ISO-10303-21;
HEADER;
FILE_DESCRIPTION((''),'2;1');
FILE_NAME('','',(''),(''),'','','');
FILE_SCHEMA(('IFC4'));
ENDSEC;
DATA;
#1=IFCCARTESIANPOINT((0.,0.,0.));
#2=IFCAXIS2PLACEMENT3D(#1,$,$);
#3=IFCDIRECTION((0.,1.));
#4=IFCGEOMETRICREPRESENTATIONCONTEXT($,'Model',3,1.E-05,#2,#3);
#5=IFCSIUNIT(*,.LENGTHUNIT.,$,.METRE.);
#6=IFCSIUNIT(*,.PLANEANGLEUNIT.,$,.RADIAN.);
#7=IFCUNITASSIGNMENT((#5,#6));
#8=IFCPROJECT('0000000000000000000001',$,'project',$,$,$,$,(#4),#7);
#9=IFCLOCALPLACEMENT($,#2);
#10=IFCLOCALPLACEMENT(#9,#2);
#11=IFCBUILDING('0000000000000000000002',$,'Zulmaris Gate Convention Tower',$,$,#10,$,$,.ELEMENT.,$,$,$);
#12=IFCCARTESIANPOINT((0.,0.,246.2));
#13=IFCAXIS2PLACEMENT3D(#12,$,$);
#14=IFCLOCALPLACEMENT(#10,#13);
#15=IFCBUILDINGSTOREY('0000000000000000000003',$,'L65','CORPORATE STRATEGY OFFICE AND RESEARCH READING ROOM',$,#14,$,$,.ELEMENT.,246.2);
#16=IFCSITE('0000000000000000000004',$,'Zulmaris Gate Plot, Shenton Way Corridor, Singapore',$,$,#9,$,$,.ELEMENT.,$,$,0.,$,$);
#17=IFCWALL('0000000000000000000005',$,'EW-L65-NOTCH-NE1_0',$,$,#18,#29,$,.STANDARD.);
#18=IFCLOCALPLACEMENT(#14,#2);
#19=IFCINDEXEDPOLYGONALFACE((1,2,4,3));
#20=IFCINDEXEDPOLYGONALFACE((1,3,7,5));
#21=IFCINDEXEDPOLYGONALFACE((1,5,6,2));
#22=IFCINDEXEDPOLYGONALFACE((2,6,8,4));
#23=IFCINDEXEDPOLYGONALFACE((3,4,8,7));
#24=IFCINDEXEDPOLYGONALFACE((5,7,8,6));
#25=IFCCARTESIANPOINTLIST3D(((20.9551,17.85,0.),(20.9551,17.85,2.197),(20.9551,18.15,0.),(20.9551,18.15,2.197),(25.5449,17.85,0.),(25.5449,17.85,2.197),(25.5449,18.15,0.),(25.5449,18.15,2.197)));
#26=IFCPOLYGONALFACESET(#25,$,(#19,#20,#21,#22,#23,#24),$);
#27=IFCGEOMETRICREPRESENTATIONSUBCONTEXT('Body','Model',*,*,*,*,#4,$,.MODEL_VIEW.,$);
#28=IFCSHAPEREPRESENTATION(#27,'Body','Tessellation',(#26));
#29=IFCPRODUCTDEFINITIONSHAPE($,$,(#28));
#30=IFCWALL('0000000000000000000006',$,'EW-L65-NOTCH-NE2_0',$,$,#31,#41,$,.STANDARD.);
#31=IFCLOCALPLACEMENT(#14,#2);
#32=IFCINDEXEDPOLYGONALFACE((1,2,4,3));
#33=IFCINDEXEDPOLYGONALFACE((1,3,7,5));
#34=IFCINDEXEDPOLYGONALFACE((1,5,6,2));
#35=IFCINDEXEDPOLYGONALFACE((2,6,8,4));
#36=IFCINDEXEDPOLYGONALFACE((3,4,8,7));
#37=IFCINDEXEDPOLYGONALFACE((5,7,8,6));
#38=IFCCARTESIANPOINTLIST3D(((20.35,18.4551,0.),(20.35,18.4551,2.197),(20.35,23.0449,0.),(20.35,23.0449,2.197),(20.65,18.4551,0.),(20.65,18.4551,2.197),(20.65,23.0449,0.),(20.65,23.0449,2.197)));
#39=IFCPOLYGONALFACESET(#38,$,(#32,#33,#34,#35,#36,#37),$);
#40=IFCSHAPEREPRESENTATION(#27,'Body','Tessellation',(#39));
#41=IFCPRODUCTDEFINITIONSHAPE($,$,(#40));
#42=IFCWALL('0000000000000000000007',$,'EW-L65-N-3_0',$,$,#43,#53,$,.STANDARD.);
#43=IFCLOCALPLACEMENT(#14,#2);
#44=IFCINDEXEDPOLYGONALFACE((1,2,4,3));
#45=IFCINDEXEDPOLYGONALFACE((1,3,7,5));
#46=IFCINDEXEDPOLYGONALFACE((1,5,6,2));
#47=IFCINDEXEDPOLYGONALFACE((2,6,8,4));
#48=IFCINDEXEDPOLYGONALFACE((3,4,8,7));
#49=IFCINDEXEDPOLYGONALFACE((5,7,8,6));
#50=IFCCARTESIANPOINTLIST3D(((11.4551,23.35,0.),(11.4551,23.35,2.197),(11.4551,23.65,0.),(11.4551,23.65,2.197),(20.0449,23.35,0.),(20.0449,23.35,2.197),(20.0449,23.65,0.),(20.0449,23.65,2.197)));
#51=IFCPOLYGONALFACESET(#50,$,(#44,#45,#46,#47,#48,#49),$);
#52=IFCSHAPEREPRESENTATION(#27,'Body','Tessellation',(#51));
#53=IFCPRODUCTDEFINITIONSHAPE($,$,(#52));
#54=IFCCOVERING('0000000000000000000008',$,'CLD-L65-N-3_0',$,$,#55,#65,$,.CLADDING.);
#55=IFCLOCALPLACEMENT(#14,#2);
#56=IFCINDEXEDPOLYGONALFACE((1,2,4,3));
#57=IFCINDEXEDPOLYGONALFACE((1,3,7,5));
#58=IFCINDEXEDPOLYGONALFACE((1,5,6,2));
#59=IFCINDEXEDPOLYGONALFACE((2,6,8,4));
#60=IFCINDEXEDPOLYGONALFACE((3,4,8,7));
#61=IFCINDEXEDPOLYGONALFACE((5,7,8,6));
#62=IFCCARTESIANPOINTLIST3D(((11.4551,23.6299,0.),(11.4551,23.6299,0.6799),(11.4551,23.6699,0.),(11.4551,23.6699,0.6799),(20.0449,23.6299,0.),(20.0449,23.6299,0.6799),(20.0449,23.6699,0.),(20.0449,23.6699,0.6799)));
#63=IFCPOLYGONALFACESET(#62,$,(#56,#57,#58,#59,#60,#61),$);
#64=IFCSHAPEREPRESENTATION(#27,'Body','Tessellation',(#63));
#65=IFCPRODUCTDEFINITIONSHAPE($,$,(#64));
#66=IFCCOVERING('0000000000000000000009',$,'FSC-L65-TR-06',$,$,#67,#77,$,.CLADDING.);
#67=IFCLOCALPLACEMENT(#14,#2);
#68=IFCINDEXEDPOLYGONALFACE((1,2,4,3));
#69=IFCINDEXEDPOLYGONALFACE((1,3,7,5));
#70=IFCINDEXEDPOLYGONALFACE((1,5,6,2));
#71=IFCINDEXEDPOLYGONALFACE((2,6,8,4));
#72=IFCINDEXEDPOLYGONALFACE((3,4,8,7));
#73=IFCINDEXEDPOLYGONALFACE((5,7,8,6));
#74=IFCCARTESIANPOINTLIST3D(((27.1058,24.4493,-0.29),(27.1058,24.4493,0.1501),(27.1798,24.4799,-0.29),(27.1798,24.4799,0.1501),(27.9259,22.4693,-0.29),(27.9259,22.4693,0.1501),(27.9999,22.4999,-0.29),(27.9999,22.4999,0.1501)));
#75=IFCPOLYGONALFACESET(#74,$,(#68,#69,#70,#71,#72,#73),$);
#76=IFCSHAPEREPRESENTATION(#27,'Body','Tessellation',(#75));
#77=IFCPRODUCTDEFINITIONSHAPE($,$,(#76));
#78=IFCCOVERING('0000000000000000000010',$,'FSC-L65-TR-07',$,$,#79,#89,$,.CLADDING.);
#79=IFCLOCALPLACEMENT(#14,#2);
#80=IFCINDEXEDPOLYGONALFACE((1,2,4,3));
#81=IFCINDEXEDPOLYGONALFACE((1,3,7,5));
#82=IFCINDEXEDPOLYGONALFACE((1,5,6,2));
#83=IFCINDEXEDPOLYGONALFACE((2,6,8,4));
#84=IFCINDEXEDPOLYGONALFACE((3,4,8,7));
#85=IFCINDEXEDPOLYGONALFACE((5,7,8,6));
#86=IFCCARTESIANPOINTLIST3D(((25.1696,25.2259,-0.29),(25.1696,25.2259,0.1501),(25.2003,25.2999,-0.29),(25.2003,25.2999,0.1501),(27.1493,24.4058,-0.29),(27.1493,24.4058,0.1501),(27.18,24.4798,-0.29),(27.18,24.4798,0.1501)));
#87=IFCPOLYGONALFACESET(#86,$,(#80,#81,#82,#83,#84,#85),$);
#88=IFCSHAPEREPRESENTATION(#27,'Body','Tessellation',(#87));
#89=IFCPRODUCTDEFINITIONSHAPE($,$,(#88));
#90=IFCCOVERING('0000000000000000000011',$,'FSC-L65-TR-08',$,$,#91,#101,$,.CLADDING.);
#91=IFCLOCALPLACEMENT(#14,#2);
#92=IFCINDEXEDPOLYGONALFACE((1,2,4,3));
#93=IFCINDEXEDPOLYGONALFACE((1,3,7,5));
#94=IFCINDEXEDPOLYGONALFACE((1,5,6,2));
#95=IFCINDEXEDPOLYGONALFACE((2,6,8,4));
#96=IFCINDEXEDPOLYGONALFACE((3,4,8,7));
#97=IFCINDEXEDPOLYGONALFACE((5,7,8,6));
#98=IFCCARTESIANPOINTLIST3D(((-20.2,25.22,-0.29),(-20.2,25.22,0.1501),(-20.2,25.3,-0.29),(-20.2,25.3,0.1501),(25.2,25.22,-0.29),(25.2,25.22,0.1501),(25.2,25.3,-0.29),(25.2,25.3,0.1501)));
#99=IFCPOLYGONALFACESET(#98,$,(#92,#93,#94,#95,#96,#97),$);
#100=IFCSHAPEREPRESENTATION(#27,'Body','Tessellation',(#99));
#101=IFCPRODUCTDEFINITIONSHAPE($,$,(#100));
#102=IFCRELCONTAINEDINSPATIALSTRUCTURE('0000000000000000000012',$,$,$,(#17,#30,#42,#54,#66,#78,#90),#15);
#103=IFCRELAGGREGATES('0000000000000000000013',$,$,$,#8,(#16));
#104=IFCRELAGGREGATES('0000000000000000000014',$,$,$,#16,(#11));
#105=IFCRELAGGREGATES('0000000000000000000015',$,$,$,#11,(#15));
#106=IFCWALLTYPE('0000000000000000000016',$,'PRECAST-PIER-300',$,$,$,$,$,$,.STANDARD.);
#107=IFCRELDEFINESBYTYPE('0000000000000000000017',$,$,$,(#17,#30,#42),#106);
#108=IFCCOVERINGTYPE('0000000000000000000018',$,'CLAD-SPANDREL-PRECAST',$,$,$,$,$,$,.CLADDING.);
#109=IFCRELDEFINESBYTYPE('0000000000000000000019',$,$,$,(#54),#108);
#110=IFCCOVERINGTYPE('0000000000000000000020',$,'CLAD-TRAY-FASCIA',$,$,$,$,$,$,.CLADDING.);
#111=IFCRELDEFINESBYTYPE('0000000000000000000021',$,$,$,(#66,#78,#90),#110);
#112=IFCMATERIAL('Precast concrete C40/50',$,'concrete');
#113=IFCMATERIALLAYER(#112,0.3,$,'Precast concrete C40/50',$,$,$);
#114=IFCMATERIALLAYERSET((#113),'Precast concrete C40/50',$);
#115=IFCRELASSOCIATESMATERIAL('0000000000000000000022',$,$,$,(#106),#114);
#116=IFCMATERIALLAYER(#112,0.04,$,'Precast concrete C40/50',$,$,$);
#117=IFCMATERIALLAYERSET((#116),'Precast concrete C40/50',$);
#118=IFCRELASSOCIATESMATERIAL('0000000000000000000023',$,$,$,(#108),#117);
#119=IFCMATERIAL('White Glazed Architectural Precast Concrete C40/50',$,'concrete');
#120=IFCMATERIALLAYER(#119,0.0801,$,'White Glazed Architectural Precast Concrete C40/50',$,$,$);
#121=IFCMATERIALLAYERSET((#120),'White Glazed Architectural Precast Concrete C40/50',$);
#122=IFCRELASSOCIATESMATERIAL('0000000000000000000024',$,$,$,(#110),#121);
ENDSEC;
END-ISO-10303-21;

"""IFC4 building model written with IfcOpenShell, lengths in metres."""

from ifc_helpers import new_model, si_unit, direction, frame, frame_2d, origin, place, context, subcontext, project, spatial, rectangle, extrude, material, layer, layer_set, type_object, element, save


model = new_model("IFC4")

# Units and contexts
model_context = context("Model", 3, precision=1e-05, world=origin(), true_north=direction((0.0, 1.0)))
body_context = subcontext(model_context, "Body", "Model", "MODEL_VIEW")
ifc_project = project(units=[si_unit("LENGTHUNIT", "METRE"), si_unit("PLANEANGLEUNIT", "RADIAN")], contexts=[model_context])

# Site, building, storey
site_placement = place(None, origin())
site = spatial("IfcSite", under=ifc_project, at=site_placement, Name="Zulmaris Gate Plot, Shenton Way Corridor, Singapore", CompositionType="ELEMENT", RefElevation=0.0)
building_placement = place(site_placement, origin())
building = spatial("IfcBuilding", under=site, at=building_placement, Name="Zulmaris Gate Convention Tower", CompositionType="ELEMENT")
storey_placement = place(building_placement, frame((0.0, 0.0, 246.2)))
storey = spatial("IfcBuildingStorey", under=building, at=storey_placement, Name="L65", Description="CORPORATE STRATEGY OFFICE AND RESEARCH READING ROOM", CompositionType="ELEMENT", Elevation=246.2)

# Walls
ifc_material_1 = material(Name="Precast concrete C40/50", Category="concrete")
ifc_layer_1 = layer(ifc_material_1, 0.3, Name="Precast concrete C40/50")
ifc_layer_set_1 = layer_set([ifc_layer_1], Name="Precast concrete C40/50")
wall_type_1 = type_object("IfcWallType", Name="PRECAST-PIER-300", PredefinedType="STANDARD", material=ifc_layer_set_1)
for number, where, z_axis, x_axis, name in (
    (1, (25.5449, 18.0, 0.0), (0.0, 0.0, 1.0), (-1.0, 0.0, 0.0), "EW-L65-NOTCH-NE1_0"),
    (2, (20.5, 18.4551, 0.0), (0.0, 0.0, 1.0), (0.0, 1.0, 0.0), "EW-L65-NOTCH-NE2_0"),
):
    element("IfcWall", number, at=place(storey_placement, frame(where, z_axis=z_axis, x_axis=x_axis)), inside=storey, type_object=wall_type_1, Name=name, PredefinedType="STANDARD", context=body_context, shape_type="SweptSolid", body=[
        extrude(rectangle(XDim=4.5898, YDim=0.3, at=frame_2d((2.2949, 0.0))), origin(), (0.0, 0.0, 1.0), 2.197),
    ])
wall_1_placement = place(storey_placement, frame((20.0449, 23.5, 0.0), z_axis=(0.0, 0.0, 1.0), x_axis=(-1.0, 0.0, 0.0)))
element("IfcWall", 3, at=wall_1_placement, inside=storey, type_object=wall_type_1, Name="EW-L65-N-3_0", PredefinedType="STANDARD", context=body_context, shape_type="SweptSolid", body=[
    extrude(rectangle(XDim=8.5898, YDim=0.3, at=frame_2d((4.2949, 0.0))), origin(), (0.0, 0.0, 1.0), 2.197),
])

# Coverings
ifc_layer_2 = layer(ifc_material_1, 0.04, Name="Precast concrete C40/50")
ifc_layer_set_2 = layer_set([ifc_layer_2], Name="Precast concrete C40/50")
covering_type_1 = type_object("IfcCoveringType", Name="CLAD-SPANDREL-PRECAST", PredefinedType="CLADDING", material=ifc_layer_set_2)
covering_1_placement = place(storey_placement, frame((20.0449, 23.6499, 0.0), z_axis=(0.0, 0.0, 1.0), x_axis=(-1.0, 0.0, 0.0)))
element("IfcCovering", 4, at=covering_1_placement, inside=storey, type_object=covering_type_1, Name="CLD-L65-N-3_0", PredefinedType="CLADDING", context=body_context, shape_type="SweptSolid", body=[
    extrude(rectangle(XDim=8.5898, YDim=0.04, at=frame_2d((4.2949, 0.0))), origin(), (0.0, 0.0, 1.0), 0.6799),
])
ifc_material_2 = material(Name="White Glazed Architectural Precast Concrete C40/50", Category="concrete")
ifc_layer_3 = layer(ifc_material_2, 0.0801, Name="White Glazed Architectural Precast Concrete C40/50")
ifc_layer_set_3 = layer_set([ifc_layer_3], Name="White Glazed Architectural Precast Concrete C40/50")
covering_type_2 = type_object("IfcCoveringType", Name="CLAD-TRAY-FASCIA", PredefinedType="CLADDING", material=ifc_layer_set_3)
covering_2_placement = place(storey_placement, frame((27.9629, 22.4846, -0.29), z_axis=(0.0, 0.0, 1.0), x_axis=(-0.382657, 0.92389, 0.0)))
element("IfcCovering", 5, at=covering_2_placement, inside=storey, type_object=covering_type_2, Name="FSC-L65-TR-06", PredefinedType="CLADDING", context=body_context, shape_type="SweptSolid", body=[
    extrude(rectangle(XDim=2.1431, YDim=0.0801, at=frame_2d((1.0715, 0.0))), origin(), (0.0, 0.0, 1.0), 0.4402),
])
covering_3_placement = place(storey_placement, frame((27.1646, 24.4429, -0.29), z_axis=(0.0, 0.0, 1.0), x_axis=(-0.923874, 0.382697, 0.0)))
element("IfcCovering", 6, at=covering_3_placement, inside=storey, type_object=covering_type_2, Name="FSC-L65-TR-07", PredefinedType="CLADDING", context=body_context, shape_type="SweptSolid", body=[
    extrude(rectangle(XDim=2.1428, YDim=0.0801, at=frame_2d((1.0713, 0.0))), origin(), (0.0, 0.0, 1.0), 0.4402),
])
covering_4_placement = place(storey_placement, frame((25.2, 25.26, -0.29), z_axis=(0.0, 0.0, 1.0), x_axis=(-1.0, 0.0, 0.0)))
element("IfcCovering", 7, at=covering_4_placement, inside=storey, type_object=covering_type_2, Name="FSC-L65-TR-08", PredefinedType="CLADDING", context=body_context, shape_type="SweptSolid", body=[
    extrude(rectangle(XDim=45.3999, YDim=0.0801, at=frame_2d((22.7, 0.0))), origin(), (0.0, 0.0, 1.0), 0.4402),
])

save(model, "model.ifc")
